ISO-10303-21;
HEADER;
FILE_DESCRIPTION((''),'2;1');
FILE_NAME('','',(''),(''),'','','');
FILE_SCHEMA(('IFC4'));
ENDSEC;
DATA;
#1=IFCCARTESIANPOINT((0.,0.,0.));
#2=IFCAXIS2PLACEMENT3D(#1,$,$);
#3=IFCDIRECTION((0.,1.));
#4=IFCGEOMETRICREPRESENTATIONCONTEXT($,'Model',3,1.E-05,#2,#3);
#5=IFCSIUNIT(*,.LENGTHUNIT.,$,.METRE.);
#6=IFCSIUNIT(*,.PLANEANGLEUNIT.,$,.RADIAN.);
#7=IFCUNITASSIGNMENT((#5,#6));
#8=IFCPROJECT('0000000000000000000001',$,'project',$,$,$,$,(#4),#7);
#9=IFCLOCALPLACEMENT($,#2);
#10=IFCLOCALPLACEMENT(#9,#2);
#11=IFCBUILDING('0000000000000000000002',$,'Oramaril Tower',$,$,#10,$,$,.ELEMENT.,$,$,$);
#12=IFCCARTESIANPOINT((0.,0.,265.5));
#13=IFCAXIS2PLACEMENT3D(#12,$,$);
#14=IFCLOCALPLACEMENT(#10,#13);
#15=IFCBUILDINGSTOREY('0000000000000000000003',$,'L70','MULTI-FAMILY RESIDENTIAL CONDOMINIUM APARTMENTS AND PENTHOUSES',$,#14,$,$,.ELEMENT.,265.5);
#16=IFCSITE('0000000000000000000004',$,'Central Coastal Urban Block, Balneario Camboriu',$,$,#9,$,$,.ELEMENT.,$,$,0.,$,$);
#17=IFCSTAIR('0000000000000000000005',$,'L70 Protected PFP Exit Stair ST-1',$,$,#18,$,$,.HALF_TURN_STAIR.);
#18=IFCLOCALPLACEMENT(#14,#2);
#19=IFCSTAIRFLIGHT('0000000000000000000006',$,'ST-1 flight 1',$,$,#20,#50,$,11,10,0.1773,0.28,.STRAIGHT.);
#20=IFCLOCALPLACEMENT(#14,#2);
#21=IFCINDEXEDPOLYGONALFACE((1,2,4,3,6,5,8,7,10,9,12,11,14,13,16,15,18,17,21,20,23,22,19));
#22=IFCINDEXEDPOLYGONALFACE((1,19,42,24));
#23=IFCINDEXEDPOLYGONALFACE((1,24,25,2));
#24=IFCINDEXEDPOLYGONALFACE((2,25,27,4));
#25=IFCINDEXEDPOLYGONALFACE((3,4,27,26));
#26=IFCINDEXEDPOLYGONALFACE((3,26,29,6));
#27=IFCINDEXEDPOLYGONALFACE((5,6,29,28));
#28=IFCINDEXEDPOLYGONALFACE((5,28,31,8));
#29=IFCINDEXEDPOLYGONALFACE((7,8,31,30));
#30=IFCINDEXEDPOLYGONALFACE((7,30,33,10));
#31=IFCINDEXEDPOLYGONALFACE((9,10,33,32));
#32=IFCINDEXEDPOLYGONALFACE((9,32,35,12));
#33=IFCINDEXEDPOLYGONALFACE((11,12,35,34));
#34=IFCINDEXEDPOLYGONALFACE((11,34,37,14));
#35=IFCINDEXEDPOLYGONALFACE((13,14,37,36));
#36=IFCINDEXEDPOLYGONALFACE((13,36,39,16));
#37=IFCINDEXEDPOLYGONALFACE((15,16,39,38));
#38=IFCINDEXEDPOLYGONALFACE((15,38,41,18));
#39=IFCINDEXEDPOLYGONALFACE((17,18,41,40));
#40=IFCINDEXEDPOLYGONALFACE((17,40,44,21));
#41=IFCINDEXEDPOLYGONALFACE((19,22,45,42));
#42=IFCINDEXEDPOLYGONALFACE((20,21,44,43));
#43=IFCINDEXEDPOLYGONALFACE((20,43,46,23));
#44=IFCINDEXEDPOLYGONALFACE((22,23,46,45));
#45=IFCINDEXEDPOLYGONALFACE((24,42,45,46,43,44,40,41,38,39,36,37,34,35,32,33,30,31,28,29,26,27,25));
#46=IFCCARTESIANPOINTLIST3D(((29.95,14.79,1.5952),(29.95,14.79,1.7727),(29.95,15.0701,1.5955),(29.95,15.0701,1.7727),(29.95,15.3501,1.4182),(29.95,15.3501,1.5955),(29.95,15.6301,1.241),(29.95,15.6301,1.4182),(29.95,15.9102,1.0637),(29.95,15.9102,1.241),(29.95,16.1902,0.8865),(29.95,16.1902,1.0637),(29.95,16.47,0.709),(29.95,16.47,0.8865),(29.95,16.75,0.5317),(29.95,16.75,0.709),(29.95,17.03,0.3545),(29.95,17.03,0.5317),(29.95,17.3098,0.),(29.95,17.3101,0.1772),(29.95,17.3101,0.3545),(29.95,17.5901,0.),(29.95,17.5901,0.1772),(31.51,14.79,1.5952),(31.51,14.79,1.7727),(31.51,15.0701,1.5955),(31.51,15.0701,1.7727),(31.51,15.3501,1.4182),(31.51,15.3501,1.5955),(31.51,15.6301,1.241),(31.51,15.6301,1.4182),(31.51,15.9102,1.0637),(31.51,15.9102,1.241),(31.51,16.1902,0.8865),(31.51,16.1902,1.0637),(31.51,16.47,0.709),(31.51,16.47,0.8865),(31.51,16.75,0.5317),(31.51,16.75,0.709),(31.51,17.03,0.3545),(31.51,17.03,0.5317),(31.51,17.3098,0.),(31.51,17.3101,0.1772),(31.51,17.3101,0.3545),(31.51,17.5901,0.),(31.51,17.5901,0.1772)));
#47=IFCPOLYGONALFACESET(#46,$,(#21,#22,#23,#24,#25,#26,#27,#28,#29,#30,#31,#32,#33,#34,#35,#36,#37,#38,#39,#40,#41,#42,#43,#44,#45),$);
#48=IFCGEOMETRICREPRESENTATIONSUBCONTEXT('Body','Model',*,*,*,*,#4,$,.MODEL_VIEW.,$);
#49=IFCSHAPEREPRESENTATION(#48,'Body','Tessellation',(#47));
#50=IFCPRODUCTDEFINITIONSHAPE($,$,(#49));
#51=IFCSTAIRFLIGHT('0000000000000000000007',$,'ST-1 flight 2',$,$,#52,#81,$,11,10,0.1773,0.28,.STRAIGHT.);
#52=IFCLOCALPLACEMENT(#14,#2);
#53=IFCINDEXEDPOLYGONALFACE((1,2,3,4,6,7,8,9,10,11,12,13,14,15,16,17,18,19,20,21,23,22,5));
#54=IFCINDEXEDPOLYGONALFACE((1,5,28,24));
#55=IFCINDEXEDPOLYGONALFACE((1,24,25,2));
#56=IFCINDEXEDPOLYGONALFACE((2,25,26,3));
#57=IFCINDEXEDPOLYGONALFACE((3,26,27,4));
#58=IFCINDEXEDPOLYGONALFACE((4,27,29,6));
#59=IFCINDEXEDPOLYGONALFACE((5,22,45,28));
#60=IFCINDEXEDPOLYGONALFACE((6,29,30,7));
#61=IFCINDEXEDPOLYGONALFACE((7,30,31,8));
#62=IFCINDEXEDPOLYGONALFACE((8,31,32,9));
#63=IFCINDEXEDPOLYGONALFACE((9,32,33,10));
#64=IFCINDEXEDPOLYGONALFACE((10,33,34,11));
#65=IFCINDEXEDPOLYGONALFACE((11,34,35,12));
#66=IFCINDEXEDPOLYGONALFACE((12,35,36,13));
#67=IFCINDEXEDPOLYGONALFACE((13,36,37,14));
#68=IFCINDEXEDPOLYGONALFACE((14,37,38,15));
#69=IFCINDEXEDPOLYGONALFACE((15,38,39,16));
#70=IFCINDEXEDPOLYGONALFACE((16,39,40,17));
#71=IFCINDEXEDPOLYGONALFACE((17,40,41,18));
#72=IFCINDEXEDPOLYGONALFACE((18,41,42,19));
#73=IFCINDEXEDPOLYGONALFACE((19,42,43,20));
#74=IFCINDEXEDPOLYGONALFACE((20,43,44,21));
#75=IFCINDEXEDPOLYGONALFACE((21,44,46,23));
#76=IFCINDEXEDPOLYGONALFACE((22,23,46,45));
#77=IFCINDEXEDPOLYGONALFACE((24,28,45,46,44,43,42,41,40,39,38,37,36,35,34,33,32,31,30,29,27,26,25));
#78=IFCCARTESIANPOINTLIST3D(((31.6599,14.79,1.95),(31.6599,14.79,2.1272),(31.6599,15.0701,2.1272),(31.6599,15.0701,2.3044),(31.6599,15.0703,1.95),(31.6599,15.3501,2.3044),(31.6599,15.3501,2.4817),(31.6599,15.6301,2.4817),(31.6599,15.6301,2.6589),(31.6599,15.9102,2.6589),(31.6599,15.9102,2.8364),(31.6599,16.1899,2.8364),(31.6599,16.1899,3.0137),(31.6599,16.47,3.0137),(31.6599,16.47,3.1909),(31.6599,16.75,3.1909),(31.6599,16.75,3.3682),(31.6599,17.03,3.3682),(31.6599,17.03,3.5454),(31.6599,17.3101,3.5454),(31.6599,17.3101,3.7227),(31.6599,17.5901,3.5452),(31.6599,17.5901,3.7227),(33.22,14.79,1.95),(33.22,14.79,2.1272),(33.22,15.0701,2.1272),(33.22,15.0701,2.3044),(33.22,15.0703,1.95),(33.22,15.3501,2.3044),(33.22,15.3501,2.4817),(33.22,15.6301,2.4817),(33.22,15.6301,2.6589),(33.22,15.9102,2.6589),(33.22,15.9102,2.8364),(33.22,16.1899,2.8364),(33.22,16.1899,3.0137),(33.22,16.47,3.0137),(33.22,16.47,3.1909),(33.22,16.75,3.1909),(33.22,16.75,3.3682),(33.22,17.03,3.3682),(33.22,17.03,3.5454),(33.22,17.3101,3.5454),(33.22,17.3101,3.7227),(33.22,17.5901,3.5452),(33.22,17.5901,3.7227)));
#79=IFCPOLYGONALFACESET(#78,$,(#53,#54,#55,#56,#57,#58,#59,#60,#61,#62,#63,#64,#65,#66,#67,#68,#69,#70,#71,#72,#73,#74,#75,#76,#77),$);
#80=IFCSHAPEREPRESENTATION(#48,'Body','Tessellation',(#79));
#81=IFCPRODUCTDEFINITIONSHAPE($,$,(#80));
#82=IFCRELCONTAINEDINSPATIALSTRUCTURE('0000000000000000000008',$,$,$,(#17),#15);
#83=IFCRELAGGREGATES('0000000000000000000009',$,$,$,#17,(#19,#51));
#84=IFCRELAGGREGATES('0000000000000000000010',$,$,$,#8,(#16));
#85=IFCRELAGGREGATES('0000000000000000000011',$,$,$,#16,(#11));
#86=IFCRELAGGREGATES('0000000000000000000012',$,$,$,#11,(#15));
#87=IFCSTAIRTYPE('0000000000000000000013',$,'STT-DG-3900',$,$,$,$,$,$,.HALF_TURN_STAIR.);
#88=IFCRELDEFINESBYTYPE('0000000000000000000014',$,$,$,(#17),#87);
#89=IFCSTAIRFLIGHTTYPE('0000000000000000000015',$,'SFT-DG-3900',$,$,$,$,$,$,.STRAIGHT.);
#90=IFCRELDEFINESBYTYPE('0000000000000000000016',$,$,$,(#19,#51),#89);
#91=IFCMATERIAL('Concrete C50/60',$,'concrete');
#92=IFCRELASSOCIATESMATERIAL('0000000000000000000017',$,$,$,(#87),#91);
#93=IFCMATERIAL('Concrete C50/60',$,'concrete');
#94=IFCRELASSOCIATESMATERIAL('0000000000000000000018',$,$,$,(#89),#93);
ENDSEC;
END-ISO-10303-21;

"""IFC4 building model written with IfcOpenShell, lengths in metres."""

from ifc_helpers import new_model, si_unit, direction, frame, origin, place, context, subcontext, project, spatial, polyline, outline, extrude, material, type_object, element, aggregate, save


model = new_model("IFC4")

# Units and contexts
model_context = context("Model", 3, precision=1e-05, world=origin(), true_north=direction((0.0, 1.0)))
body_context = subcontext(model_context, "Body", "Model", "MODEL_VIEW")
ifc_project = project(units=[si_unit("LENGTHUNIT", "METRE"), si_unit("PLANEANGLEUNIT", "RADIAN")], contexts=[model_context])

# Site, building, storey
site_placement = place(None, origin())
site = spatial("IfcSite", under=ifc_project, at=site_placement, Name="Central Coastal Urban Block, Balneario Camboriu", CompositionType="ELEMENT", RefElevation=0.0)
building_placement = place(site_placement, origin())
building = spatial("IfcBuilding", under=site, at=building_placement, Name="Oramaril Tower", CompositionType="ELEMENT")
storey_placement = place(building_placement, frame((0.0, 0.0, 265.5)))
storey = spatial("IfcBuildingStorey", under=building, at=storey_placement, Name="L70", Description="MULTI-FAMILY RESIDENTIAL CONDOMINIUM APARTMENTS AND PENTHOUSES", CompositionType="ELEMENT", Elevation=265.5)

# Stair, stair flights
ifc_material_1 = material(Name="Concrete C50/60", Category="concrete")
stair_type = type_object("IfcStairType", Name="STT-DG-3900", PredefinedType="HALF_TURN_STAIR", material=ifc_material_1)
stair_placement = place(storey_placement, origin())
stair = element("IfcStair", 1, at=stair_placement, inside=storey, type_object=stair_type, Name="L70 Protected PFP Exit Stair ST-1", PredefinedType="HALF_TURN_STAIR")
ifc_material_2 = material(Name="Concrete C50/60", Category="concrete")
stair_flight_type = type_object("IfcStairFlightType", Name="SFT-DG-3900", PredefinedType="STRAIGHT", material=ifc_material_2)
stair_flight_1_placement = place(storey_placement, frame((30.73, 17.5901, 0.0), z_axis=(0.0, 0.0, 1.0), x_axis=(0.0, -1.0, 0.0)))
stair_flight_1 = element("IfcStairFlight", 2, at=stair_flight_1_placement, type_object=stair_flight_type, Name="ST-1 flight 1", NumberOfRisers=11, NumberOfTreads=10, PredefinedType="STRAIGHT", RiserHeight=0.1773, TreadLength=0.28, context=body_context, shape_type="SweptSolid", body=[
    extrude(outline(polyline([(0.0, 0.0), (0.0, 0.1772), (0.28, 0.1772), (0.28, 0.3545), (0.5601, 0.3545), (0.5601, 0.5317), (0.8401, 0.5317), (0.8401, 0.709), (1.1201, 0.709), (1.1201, 0.8865), (1.3999, 0.8865), (1.3999, 1.0637), (1.6799, 1.0637), (1.6799, 1.241), (1.96, 1.241), (1.96, 1.4182), (2.24, 1.4182), (2.24, 1.5955), (2.52, 1.5955), (2.52, 1.7727), (2.8, 1.7727), (2.8, 1.95), (2.8, 1.5952), (0.2803, 0.0), (0.0, 0.0)])), frame((0.0, 0.78, 0.0), z_axis=(0.0, -1.0, 0.0), x_axis=(1.0, 0.0, 0.0)), (0.0, 0.0, 1.0), 1.5601),
])
stair_flight_2_placement = place(storey_placement, frame((32.4399, 14.79, 1.95), z_axis=(0.0, 0.0, 1.0), x_axis=(0.0, 1.0, 0.0)))
stair_flight_2 = element("IfcStairFlight", 3, at=stair_flight_2_placement, type_object=stair_flight_type, Name="ST-1 flight 2", NumberOfRisers=11, NumberOfTreads=10, PredefinedType="STRAIGHT", RiserHeight=0.1773, TreadLength=0.28, context=body_context, shape_type="SweptSolid", body=[
    extrude(outline(polyline([(0.0, 0.0), (0.0, 0.1772), (0.28, 0.1772), (0.28, 0.3545), (0.5601, 0.3545), (0.5601, 0.5317), (0.8401, 0.5317), (0.8401, 0.709), (1.1201, 0.709), (1.1201, 0.8865), (1.3999, 0.8865), (1.3999, 1.0637), (1.6799, 1.0637), (1.6799, 1.241), (1.96, 1.241), (1.96, 1.4182), (2.24, 1.4182), (2.24, 1.5955), (2.52, 1.5955), (2.52, 1.7727), (2.8, 1.7727), (2.8, 1.95), (2.8, 1.5952), (0.2803, 0.0), (0.0, 0.0)])), frame((0.0, 0.78, 0.0), z_axis=(0.0, -1.0, 0.0), x_axis=(1.0, 0.0, 0.0)), (0.0, 0.0, 1.0), 1.5601),
])
aggregate(stair, [stair_flight_1, stair_flight_2])

save(model, "model.ifc")
